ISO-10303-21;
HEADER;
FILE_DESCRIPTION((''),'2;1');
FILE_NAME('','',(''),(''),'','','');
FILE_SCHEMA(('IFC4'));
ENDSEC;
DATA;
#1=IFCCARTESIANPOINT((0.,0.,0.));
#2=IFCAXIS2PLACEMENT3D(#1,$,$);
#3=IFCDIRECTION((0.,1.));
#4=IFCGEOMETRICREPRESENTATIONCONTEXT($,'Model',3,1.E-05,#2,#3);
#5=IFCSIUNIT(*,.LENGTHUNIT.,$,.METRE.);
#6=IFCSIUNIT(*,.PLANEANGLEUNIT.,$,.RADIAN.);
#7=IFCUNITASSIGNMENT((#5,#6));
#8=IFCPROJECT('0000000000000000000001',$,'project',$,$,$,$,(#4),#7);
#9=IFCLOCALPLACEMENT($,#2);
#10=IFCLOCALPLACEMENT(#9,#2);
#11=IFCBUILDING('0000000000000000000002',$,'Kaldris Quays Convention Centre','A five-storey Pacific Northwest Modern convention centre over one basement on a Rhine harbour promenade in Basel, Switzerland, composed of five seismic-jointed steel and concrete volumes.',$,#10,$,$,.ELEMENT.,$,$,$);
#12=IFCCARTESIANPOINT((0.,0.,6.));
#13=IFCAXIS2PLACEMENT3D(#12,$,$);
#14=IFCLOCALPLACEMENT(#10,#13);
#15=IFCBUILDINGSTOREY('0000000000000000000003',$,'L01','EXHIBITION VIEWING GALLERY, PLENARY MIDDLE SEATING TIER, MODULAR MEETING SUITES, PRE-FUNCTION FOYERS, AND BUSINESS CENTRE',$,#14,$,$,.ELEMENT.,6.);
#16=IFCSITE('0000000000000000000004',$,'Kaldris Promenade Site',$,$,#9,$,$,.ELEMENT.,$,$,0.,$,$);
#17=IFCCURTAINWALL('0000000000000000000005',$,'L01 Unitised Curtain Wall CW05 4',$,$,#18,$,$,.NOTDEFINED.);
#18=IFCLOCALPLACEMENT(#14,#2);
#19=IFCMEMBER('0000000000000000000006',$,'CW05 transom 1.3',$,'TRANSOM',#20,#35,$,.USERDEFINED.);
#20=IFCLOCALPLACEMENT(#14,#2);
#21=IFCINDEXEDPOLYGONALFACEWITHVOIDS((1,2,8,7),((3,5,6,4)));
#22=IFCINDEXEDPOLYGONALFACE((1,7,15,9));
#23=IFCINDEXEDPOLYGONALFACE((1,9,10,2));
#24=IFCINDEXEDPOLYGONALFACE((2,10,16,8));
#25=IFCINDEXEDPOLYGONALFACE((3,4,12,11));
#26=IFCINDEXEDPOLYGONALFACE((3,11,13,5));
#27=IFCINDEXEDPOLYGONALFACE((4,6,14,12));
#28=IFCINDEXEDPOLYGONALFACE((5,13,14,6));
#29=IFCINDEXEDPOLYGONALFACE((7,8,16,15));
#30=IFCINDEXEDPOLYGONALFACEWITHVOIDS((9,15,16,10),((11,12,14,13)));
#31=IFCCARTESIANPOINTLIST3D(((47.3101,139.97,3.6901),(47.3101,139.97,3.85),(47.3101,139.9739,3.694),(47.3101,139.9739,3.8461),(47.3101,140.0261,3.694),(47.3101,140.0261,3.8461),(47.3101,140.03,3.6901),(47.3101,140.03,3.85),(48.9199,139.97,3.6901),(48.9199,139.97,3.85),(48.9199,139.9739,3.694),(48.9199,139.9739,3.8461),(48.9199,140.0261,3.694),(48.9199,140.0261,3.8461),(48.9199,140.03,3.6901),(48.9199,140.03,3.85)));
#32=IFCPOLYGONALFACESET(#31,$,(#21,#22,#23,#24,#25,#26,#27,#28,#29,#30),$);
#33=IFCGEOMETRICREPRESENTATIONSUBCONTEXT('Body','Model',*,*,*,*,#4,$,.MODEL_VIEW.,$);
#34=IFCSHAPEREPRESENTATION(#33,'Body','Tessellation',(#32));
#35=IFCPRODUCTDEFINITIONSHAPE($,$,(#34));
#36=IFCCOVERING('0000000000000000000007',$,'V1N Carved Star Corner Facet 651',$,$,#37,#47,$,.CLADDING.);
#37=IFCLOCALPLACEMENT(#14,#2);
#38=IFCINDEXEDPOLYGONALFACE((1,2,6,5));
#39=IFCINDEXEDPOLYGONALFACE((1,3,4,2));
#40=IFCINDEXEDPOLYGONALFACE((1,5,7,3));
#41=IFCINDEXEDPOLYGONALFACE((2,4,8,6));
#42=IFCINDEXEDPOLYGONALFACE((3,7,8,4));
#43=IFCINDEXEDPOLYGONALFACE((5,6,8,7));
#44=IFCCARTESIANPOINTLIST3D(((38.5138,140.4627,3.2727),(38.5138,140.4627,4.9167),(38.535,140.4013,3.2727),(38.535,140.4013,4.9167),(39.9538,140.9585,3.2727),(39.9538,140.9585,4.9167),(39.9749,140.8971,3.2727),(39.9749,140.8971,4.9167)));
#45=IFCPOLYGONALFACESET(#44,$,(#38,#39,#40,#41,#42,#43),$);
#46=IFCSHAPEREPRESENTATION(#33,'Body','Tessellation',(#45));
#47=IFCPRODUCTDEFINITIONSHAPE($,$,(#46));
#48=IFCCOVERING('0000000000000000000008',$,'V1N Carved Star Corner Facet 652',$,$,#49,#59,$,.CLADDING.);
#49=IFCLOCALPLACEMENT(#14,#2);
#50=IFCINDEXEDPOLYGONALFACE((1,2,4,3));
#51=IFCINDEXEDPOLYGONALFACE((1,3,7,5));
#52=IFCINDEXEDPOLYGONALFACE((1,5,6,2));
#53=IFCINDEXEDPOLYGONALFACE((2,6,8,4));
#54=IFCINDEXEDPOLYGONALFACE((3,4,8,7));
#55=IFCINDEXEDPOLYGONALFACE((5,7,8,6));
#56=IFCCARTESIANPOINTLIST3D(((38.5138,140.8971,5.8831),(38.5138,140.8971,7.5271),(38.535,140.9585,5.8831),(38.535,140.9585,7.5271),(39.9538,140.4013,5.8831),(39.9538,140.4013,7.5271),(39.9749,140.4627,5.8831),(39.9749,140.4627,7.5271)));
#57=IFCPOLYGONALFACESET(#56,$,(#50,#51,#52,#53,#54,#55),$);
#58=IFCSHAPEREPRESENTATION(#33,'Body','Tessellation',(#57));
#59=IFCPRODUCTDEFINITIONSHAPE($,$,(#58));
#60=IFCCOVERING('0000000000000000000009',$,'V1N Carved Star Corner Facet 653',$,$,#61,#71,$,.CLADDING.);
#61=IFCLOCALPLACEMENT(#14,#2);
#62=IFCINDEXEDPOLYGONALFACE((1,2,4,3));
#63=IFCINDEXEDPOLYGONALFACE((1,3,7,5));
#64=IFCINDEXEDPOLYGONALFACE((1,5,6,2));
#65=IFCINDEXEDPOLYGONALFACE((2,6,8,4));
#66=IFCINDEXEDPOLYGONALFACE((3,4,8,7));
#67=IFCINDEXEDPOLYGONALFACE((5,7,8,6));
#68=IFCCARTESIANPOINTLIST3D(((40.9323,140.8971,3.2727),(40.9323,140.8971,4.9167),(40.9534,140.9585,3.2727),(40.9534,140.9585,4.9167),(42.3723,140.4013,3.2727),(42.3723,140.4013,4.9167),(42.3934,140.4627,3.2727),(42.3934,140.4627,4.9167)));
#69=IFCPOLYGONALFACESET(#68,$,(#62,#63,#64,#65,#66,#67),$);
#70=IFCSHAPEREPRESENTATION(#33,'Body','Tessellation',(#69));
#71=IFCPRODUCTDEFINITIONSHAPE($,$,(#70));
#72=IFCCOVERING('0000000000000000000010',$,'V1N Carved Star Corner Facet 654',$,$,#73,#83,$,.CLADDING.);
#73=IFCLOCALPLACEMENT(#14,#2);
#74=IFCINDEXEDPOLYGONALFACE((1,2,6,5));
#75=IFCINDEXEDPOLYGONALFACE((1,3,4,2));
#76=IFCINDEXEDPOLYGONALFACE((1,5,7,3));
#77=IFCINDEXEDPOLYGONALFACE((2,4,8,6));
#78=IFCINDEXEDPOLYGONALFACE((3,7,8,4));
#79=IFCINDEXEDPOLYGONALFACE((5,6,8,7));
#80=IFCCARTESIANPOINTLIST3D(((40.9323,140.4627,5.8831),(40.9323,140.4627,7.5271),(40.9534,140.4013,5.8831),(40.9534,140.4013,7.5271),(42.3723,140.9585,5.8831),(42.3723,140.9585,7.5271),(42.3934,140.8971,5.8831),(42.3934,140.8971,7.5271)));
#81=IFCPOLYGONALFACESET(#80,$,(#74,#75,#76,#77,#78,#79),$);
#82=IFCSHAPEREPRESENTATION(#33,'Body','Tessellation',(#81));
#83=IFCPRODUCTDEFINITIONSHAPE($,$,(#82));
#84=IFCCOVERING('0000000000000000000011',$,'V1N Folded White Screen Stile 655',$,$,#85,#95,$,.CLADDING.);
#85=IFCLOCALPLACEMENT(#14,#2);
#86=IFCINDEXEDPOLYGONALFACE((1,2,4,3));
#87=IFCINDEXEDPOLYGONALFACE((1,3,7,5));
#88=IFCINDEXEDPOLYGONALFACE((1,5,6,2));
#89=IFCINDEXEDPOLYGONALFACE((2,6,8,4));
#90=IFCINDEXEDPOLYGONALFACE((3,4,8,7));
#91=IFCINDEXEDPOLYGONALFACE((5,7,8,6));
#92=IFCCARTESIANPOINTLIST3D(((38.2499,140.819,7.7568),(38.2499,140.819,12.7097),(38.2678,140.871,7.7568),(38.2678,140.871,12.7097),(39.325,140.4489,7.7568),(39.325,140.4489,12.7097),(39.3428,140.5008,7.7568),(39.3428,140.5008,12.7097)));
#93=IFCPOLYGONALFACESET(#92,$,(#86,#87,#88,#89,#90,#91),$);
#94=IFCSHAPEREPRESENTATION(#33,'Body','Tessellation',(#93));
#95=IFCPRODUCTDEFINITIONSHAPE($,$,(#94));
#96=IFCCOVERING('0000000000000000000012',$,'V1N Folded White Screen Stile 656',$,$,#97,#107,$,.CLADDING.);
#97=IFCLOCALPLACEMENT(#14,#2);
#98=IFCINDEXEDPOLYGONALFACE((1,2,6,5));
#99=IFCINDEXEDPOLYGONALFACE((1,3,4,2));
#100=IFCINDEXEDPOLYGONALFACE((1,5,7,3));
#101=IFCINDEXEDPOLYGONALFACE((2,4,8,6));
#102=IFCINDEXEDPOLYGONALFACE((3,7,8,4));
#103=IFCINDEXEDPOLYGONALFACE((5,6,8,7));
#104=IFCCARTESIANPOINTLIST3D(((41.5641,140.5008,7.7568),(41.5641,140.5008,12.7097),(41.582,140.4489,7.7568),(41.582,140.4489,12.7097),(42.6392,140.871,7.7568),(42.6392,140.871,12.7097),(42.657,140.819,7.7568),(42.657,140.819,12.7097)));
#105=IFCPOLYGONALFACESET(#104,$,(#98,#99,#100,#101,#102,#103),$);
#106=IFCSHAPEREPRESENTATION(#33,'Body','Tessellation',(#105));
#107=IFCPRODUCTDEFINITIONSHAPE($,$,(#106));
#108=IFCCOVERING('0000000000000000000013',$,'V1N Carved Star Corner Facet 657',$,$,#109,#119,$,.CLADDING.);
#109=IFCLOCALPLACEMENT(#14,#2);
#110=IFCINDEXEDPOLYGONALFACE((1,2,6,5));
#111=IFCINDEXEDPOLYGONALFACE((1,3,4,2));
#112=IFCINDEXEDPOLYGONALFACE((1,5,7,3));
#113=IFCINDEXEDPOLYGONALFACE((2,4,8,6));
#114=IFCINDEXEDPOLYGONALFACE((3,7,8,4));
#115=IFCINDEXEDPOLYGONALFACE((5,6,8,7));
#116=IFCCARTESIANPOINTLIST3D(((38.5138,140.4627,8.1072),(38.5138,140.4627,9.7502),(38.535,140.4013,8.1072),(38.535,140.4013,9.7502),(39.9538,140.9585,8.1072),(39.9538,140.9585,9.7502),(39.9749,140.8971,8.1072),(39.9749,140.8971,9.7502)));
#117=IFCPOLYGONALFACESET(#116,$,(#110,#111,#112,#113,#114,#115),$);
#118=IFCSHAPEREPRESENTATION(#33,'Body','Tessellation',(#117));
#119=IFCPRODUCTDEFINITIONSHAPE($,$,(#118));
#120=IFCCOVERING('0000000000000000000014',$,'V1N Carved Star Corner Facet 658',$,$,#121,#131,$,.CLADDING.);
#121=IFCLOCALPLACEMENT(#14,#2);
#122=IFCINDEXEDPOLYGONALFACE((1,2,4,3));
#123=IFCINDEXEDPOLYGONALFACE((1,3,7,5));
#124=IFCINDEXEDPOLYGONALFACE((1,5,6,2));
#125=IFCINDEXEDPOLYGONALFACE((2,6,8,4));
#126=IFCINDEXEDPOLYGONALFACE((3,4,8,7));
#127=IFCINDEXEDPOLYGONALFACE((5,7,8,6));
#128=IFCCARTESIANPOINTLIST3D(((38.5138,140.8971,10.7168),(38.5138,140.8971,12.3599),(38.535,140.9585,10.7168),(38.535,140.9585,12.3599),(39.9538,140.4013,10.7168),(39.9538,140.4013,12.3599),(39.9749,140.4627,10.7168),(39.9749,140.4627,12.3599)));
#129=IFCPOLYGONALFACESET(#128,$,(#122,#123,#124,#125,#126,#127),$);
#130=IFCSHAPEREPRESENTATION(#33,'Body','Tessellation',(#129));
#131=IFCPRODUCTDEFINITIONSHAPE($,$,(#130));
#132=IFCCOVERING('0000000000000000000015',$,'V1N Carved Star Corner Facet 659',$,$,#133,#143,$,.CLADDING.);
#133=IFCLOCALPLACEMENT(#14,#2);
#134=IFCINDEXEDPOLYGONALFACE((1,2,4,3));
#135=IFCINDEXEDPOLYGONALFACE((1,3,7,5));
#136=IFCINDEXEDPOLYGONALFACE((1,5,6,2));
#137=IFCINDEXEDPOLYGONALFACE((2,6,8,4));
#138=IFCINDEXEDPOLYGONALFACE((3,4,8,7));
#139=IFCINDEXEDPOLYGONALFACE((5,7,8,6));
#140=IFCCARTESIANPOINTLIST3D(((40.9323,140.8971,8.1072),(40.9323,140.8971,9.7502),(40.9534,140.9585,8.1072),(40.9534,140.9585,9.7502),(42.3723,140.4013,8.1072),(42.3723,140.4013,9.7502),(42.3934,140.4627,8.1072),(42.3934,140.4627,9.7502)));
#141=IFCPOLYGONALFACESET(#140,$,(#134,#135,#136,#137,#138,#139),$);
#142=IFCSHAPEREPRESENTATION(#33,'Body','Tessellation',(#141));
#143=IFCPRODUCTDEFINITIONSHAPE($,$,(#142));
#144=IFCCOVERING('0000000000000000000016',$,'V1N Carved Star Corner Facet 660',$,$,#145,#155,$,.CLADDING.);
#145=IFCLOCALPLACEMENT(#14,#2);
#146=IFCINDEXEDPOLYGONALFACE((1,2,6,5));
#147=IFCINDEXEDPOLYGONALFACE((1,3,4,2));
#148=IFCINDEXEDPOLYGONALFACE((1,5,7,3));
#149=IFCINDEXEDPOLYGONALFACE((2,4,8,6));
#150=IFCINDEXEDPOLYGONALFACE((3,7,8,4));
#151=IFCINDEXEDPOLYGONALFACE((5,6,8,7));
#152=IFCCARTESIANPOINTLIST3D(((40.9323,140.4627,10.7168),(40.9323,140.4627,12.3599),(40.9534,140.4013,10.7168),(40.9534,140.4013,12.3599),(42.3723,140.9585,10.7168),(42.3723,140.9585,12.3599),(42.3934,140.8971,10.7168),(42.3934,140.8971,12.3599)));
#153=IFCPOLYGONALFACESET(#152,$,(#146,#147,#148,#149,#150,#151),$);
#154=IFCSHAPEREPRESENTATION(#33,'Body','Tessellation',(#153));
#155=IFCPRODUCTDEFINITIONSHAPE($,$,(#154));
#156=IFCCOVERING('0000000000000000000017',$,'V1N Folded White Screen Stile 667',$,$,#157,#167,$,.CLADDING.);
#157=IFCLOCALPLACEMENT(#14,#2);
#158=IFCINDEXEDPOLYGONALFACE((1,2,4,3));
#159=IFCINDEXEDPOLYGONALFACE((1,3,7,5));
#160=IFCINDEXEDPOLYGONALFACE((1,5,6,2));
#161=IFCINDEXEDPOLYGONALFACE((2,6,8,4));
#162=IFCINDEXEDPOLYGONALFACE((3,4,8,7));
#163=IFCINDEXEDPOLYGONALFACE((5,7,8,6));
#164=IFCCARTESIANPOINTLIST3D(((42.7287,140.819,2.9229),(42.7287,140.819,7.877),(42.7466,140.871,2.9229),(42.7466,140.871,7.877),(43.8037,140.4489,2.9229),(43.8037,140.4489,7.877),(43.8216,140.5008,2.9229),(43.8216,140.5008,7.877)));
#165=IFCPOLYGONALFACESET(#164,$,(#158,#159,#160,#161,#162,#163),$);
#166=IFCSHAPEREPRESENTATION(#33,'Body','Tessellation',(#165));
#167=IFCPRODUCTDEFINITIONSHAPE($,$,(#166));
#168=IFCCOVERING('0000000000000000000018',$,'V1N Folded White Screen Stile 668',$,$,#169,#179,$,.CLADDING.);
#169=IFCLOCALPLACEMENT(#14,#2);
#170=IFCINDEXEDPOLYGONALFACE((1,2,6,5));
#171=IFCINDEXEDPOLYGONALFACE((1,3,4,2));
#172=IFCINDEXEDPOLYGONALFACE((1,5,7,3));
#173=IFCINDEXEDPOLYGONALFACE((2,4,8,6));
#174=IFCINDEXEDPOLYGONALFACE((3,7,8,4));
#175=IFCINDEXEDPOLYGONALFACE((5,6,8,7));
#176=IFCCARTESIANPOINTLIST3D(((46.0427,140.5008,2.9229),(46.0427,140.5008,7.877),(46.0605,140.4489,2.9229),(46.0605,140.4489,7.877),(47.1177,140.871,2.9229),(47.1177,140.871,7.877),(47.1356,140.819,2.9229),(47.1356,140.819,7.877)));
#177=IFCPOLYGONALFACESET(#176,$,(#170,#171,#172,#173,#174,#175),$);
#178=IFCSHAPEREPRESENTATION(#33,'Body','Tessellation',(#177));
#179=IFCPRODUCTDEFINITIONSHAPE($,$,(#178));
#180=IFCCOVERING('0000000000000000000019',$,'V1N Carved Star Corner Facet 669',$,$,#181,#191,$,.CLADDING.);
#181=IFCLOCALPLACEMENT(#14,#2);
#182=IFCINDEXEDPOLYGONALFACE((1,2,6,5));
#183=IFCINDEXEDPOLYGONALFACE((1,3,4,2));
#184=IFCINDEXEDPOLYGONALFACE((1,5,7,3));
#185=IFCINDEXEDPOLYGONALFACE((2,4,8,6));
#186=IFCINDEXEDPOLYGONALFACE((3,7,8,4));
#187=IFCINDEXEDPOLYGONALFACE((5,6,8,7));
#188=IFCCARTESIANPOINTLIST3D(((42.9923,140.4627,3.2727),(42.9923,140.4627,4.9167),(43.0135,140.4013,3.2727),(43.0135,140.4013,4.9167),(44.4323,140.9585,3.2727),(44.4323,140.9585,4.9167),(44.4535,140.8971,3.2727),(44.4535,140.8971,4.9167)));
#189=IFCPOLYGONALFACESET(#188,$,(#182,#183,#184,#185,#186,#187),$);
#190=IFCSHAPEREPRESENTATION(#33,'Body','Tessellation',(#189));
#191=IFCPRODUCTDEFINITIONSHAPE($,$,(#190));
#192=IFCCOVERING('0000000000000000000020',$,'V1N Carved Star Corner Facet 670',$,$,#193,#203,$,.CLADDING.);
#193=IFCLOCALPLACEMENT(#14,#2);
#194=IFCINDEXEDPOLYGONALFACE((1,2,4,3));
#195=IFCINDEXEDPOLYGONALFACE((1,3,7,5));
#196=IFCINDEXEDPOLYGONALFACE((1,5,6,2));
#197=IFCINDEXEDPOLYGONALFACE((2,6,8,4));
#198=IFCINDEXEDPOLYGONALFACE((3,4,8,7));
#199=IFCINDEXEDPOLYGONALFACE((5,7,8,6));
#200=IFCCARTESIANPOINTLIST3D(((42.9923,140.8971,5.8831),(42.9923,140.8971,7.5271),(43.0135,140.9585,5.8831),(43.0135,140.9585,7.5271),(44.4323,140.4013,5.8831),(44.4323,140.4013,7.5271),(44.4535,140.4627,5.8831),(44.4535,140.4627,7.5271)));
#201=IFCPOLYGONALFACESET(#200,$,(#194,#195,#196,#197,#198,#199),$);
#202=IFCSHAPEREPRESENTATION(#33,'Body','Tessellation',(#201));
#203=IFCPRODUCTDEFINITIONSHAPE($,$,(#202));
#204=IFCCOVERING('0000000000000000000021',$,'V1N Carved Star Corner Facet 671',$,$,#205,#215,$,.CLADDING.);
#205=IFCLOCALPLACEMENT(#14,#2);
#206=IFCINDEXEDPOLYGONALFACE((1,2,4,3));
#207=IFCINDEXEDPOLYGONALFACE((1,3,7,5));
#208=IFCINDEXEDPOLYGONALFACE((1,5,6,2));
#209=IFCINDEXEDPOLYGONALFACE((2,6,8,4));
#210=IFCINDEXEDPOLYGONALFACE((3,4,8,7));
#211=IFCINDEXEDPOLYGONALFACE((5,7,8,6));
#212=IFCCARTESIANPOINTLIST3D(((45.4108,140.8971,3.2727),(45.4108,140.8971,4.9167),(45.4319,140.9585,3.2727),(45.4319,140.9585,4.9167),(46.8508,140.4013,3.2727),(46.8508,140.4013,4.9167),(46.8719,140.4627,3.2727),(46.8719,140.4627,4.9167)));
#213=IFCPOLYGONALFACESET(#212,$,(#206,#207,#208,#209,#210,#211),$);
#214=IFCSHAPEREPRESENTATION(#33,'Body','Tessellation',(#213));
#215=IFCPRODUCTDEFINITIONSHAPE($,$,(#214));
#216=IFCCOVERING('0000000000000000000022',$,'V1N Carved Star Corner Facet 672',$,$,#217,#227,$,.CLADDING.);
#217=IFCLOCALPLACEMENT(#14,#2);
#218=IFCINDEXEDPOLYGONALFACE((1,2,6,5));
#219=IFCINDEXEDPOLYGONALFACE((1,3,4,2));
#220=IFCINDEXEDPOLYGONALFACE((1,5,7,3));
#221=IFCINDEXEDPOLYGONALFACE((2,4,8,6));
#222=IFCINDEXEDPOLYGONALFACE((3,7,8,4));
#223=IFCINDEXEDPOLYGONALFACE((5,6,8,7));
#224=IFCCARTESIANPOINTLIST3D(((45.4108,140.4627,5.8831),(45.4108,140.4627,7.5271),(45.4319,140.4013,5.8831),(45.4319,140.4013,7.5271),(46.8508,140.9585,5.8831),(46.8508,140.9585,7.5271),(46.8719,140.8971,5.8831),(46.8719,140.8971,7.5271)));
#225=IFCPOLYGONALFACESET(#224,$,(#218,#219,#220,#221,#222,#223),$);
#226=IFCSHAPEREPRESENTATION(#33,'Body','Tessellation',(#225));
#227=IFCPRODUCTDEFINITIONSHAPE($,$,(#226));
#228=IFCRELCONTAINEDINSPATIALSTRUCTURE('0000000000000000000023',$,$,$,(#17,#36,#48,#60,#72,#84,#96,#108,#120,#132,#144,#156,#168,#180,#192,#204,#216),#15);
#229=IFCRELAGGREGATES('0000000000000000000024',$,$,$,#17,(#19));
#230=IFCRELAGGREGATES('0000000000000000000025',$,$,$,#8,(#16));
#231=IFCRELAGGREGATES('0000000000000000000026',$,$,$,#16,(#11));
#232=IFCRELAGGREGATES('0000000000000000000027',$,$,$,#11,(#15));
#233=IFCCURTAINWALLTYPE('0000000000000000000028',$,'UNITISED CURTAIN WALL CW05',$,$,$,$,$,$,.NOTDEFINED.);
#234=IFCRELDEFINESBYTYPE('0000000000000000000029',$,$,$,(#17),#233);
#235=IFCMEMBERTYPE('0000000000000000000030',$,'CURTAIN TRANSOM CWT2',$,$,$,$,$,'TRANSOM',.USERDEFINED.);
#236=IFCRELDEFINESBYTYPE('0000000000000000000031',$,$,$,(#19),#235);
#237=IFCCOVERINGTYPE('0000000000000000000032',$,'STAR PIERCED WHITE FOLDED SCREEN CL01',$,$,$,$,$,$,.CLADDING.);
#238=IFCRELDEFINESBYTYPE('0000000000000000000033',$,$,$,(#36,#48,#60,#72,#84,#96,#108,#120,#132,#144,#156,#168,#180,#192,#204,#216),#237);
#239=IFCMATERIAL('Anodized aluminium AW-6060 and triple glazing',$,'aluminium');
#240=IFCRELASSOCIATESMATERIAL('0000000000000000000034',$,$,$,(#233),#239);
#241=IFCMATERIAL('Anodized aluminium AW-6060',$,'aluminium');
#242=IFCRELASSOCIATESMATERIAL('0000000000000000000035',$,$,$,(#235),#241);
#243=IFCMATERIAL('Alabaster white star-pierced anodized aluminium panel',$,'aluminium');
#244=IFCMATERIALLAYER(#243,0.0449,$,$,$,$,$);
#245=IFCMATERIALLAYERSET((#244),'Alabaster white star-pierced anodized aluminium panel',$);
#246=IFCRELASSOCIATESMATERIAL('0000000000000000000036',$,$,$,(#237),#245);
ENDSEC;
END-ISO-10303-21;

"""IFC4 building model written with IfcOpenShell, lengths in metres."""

from ifc_helpers import new_model, si_unit, direction, frame, origin, origin_2d, place, context, subcontext, project, spatial, rectangle, hollow_rectangle, extrude, material, layer, layer_set, material_profile, profile_set, type_object, element, aggregate, save


model = new_model("IFC4")

# Units and contexts
model_context = context("Model", 3, precision=1e-05, world=origin(), true_north=direction((0.0, 1.0)))
body_context = subcontext(model_context, "Body", "Model", "MODEL_VIEW")
ifc_project = project(units=[si_unit("LENGTHUNIT", "METRE"), si_unit("PLANEANGLEUNIT", "RADIAN")], contexts=[model_context])

# Site, building, storey
site_placement = place(None, origin())
site = spatial("IfcSite", under=ifc_project, at=site_placement, Name="Kaldris Promenade Site", CompositionType="ELEMENT", RefElevation=0.0)
building_placement = place(site_placement, origin())
building = spatial("IfcBuilding", under=site, at=building_placement, Name="Kaldris Quays Convention Centre", Description="A five-storey Pacific Northwest Modern convention centre over one basement on a Rhine harbour promenade in Basel, Switzerland, composed of five seismic-jointed steel and concrete volumes.", CompositionType="ELEMENT")
storey_placement = place(building_placement, frame((0.0, 0.0, 6.0)))
storey = spatial("IfcBuildingStorey", under=building, at=storey_placement, Name="L01", Description="EXHIBITION VIEWING GALLERY, PLENARY MIDDLE SEATING TIER, MODULAR MEETING SUITES, PRE-FUNCTION FOYERS, AND BUSINESS CENTRE", CompositionType="ELEMENT", Elevation=6.0)

# Curtain wall, member
ifc_material_1 = material(Name="Anodized aluminium AW-6060 and triple glazing", Category="aluminium")
curtain_wall_type = type_object("IfcCurtainWallType", Name="UNITISED CURTAIN WALL CW05", PredefinedType="NOTDEFINED", material=ifc_material_1)
curtain_wall_placement = place(storey_placement, origin())
curtain_wall = element("IfcCurtainWall", 1, at=curtain_wall_placement, inside=storey, type_object=curtain_wall_type, Name="L01 Unitised Curtain Wall CW05 4", PredefinedType="NOTDEFINED")
ifc_material_2 = material(Name="Anodized aluminium AW-6060", Category="aluminium")
ifc_material_profile = material_profile(ifc_material_2, hollow_rectangle(XDim=0.0601, YDim=0.1599, WallThickness=0.0039, at=origin_2d()), Name="RHS 160x60x4")
ifc_profile_set = profile_set([ifc_material_profile], Name="Anodized aluminium AW-6060")
member_type = type_object("IfcMemberType", Name="CURTAIN TRANSOM CWT2", ElementType="TRANSOM", PredefinedType="USERDEFINED", material=ifc_profile_set)
member_placement = place(storey_placement, frame((47.3101, 140.0, 3.77), z_axis=(1.0, 0.0, 0.0), x_axis=(0.0, 1.0, 0.0)))
member = element("IfcMember", 2, at=member_placement, type_object=member_type, Name="CW05 transom 1.3", ObjectType="TRANSOM", PredefinedType="USERDEFINED", context=body_context, shape_type="SweptSolid", body=[
    extrude(hollow_rectangle(XDim=0.0601, YDim=0.1599, WallThickness=0.0039, at=origin_2d()), origin(), (0.0, 0.0, 1.0), 1.6099),
])
aggregate(curtain_wall, [member])

# Coverings
ifc_material_3 = material(Name="Alabaster white star-pierced anodized aluminium panel", Category="aluminium")
ifc_layer = layer(ifc_material_3, 0.0449)
ifc_layer_set = layer_set([ifc_layer], Name="Alabaster white star-pierced anodized aluminium panel")
covering_type = type_object("IfcCoveringType", Name="STAR PIERCED WHITE FOLDED SCREEN CL01", PredefinedType="CLADDING", material=ifc_layer_set)
for number, where, z_axis, x_axis, name in (
    (3, (39.2444, 140.6799, 3.2727), (0.0, 0.0, 1.0), (0.945519, 0.325568, 0.0), "V1N Carved Star Corner Facet 651"),
    (4, (39.2444, 140.6799, 5.8831), (0.0, 0.0, 1.0), (0.945519, -0.325568, 0.0), "V1N Carved Star Corner Facet 652"),
    (5, (41.6628, 140.6799, 3.2727), (0.0, 0.0, 1.0), (0.945519, -0.325568, 0.0), "V1N Carved Star Corner Facet 653"),
    (6, (41.6628, 140.6799, 5.8831), (0.0, 0.0, 1.0), (0.945519, 0.325568, 0.0), "V1N Carved Star Corner Facet 654"),
):
    element("IfcCovering", number, at=place(storey_placement, frame(where, z_axis=z_axis, x_axis=x_axis)), inside=storey, type_object=covering_type, Name=name, PredefinedType="CLADDING", context=body_context, shape_type="SweptSolid", body=[
        extrude(rectangle(XDim=1.5229, YDim=0.0649, at=origin_2d()), origin(), (0.0, 0.0, 1.0), 1.644),
    ])
for number, where, z_axis, x_axis, name in (
    (7, (38.7964, 140.6599, 7.7568), (0.0, 0.0, 1.0), (0.945519, -0.325568, 0.0), "V1N Folded White Screen Stile 655"),
    (8, (42.1106, 140.6599, 7.7568), (0.0, 0.0, 1.0), (0.945519, 0.325568, 0.0), "V1N Folded White Screen Stile 656"),
):
    element("IfcCovering", number, at=place(storey_placement, frame(where, z_axis=z_axis, x_axis=x_axis)), inside=storey, type_object=covering_type, Name=name, PredefinedType="CLADDING", context=body_context, shape_type="SweptSolid", body=[
        extrude(rectangle(XDim=1.137, YDim=0.0549, at=origin_2d()), origin(), (0.0, 0.0, 1.0), 4.9529),
    ])
for number, where, z_axis, x_axis, name in (
    (9, (39.2444, 140.6799, 8.1072), (0.0, 0.0, 1.0), (0.945519, 0.325568, 0.0), "V1N Carved Star Corner Facet 657"),
    (10, (39.2444, 140.6799, 10.7168), (0.0, 0.0, 1.0), (0.945519, -0.325568, 0.0), "V1N Carved Star Corner Facet 658"),
    (11, (41.6628, 140.6799, 8.1072), (0.0, 0.0, 1.0), (0.945519, -0.325568, 0.0), "V1N Carved Star Corner Facet 659"),
    (12, (41.6628, 140.6799, 10.7168), (0.0, 0.0, 1.0), (0.945519, 0.325568, 0.0), "V1N Carved Star Corner Facet 660"),
):
    element("IfcCovering", number, at=place(storey_placement, frame(where, z_axis=z_axis, x_axis=x_axis)), inside=storey, type_object=covering_type, Name=name, PredefinedType="CLADDING", context=body_context, shape_type="SweptSolid", body=[
        extrude(rectangle(XDim=1.5229, YDim=0.0649, at=origin_2d()), origin(), (0.0, 0.0, 1.0), 1.6431),
    ])
for number, where, z_axis, x_axis, name in (
    (13, (43.2751, 140.6599, 2.9229), (0.0, 0.0, 1.0), (0.945519, -0.325568, 0.0), "V1N Folded White Screen Stile 667"),
    (14, (46.5891, 140.6599, 2.9229), (0.0, 0.0, 1.0), (0.945519, 0.325568, 0.0), "V1N Folded White Screen Stile 668"),
):
    element("IfcCovering", number, at=place(storey_placement, frame(where, z_axis=z_axis, x_axis=x_axis)), inside=storey, type_object=covering_type, Name=name, PredefinedType="CLADDING", context=body_context, shape_type="SweptSolid", body=[
        extrude(rectangle(XDim=1.137, YDim=0.0549, at=origin_2d()), origin(), (0.0, 0.0, 1.0), 4.9541),
    ])
for number, where, z_axis, x_axis, name in (
    (15, (43.7229, 140.6799, 3.2727), (0.0, 0.0, 1.0), (0.945519, 0.325568, 0.0), "V1N Carved Star Corner Facet 669"),
    (16, (43.7229, 140.6799, 5.8831), (0.0, 0.0, 1.0), (0.945519, -0.325568, 0.0), "V1N Carved Star Corner Facet 670"),
    (17, (46.1414, 140.6799, 3.2727), (0.0, 0.0, 1.0), (0.945519, -0.325568, 0.0), "V1N Carved Star Corner Facet 671"),
    (18, (46.1414, 140.6799, 5.8831), (0.0, 0.0, 1.0), (0.945519, 0.325568, 0.0), "V1N Carved Star Corner Facet 672"),
):
    element("IfcCovering", number, at=place(storey_placement, frame(where, z_axis=z_axis, x_axis=x_axis)), inside=storey, type_object=covering_type, Name=name, PredefinedType="CLADDING", context=body_context, shape_type="SweptSolid", body=[
        extrude(rectangle(XDim=1.5229, YDim=0.0649, at=origin_2d()), origin(), (0.0, 0.0, 1.0), 1.644),
    ])

save(model, "model.ifc")
